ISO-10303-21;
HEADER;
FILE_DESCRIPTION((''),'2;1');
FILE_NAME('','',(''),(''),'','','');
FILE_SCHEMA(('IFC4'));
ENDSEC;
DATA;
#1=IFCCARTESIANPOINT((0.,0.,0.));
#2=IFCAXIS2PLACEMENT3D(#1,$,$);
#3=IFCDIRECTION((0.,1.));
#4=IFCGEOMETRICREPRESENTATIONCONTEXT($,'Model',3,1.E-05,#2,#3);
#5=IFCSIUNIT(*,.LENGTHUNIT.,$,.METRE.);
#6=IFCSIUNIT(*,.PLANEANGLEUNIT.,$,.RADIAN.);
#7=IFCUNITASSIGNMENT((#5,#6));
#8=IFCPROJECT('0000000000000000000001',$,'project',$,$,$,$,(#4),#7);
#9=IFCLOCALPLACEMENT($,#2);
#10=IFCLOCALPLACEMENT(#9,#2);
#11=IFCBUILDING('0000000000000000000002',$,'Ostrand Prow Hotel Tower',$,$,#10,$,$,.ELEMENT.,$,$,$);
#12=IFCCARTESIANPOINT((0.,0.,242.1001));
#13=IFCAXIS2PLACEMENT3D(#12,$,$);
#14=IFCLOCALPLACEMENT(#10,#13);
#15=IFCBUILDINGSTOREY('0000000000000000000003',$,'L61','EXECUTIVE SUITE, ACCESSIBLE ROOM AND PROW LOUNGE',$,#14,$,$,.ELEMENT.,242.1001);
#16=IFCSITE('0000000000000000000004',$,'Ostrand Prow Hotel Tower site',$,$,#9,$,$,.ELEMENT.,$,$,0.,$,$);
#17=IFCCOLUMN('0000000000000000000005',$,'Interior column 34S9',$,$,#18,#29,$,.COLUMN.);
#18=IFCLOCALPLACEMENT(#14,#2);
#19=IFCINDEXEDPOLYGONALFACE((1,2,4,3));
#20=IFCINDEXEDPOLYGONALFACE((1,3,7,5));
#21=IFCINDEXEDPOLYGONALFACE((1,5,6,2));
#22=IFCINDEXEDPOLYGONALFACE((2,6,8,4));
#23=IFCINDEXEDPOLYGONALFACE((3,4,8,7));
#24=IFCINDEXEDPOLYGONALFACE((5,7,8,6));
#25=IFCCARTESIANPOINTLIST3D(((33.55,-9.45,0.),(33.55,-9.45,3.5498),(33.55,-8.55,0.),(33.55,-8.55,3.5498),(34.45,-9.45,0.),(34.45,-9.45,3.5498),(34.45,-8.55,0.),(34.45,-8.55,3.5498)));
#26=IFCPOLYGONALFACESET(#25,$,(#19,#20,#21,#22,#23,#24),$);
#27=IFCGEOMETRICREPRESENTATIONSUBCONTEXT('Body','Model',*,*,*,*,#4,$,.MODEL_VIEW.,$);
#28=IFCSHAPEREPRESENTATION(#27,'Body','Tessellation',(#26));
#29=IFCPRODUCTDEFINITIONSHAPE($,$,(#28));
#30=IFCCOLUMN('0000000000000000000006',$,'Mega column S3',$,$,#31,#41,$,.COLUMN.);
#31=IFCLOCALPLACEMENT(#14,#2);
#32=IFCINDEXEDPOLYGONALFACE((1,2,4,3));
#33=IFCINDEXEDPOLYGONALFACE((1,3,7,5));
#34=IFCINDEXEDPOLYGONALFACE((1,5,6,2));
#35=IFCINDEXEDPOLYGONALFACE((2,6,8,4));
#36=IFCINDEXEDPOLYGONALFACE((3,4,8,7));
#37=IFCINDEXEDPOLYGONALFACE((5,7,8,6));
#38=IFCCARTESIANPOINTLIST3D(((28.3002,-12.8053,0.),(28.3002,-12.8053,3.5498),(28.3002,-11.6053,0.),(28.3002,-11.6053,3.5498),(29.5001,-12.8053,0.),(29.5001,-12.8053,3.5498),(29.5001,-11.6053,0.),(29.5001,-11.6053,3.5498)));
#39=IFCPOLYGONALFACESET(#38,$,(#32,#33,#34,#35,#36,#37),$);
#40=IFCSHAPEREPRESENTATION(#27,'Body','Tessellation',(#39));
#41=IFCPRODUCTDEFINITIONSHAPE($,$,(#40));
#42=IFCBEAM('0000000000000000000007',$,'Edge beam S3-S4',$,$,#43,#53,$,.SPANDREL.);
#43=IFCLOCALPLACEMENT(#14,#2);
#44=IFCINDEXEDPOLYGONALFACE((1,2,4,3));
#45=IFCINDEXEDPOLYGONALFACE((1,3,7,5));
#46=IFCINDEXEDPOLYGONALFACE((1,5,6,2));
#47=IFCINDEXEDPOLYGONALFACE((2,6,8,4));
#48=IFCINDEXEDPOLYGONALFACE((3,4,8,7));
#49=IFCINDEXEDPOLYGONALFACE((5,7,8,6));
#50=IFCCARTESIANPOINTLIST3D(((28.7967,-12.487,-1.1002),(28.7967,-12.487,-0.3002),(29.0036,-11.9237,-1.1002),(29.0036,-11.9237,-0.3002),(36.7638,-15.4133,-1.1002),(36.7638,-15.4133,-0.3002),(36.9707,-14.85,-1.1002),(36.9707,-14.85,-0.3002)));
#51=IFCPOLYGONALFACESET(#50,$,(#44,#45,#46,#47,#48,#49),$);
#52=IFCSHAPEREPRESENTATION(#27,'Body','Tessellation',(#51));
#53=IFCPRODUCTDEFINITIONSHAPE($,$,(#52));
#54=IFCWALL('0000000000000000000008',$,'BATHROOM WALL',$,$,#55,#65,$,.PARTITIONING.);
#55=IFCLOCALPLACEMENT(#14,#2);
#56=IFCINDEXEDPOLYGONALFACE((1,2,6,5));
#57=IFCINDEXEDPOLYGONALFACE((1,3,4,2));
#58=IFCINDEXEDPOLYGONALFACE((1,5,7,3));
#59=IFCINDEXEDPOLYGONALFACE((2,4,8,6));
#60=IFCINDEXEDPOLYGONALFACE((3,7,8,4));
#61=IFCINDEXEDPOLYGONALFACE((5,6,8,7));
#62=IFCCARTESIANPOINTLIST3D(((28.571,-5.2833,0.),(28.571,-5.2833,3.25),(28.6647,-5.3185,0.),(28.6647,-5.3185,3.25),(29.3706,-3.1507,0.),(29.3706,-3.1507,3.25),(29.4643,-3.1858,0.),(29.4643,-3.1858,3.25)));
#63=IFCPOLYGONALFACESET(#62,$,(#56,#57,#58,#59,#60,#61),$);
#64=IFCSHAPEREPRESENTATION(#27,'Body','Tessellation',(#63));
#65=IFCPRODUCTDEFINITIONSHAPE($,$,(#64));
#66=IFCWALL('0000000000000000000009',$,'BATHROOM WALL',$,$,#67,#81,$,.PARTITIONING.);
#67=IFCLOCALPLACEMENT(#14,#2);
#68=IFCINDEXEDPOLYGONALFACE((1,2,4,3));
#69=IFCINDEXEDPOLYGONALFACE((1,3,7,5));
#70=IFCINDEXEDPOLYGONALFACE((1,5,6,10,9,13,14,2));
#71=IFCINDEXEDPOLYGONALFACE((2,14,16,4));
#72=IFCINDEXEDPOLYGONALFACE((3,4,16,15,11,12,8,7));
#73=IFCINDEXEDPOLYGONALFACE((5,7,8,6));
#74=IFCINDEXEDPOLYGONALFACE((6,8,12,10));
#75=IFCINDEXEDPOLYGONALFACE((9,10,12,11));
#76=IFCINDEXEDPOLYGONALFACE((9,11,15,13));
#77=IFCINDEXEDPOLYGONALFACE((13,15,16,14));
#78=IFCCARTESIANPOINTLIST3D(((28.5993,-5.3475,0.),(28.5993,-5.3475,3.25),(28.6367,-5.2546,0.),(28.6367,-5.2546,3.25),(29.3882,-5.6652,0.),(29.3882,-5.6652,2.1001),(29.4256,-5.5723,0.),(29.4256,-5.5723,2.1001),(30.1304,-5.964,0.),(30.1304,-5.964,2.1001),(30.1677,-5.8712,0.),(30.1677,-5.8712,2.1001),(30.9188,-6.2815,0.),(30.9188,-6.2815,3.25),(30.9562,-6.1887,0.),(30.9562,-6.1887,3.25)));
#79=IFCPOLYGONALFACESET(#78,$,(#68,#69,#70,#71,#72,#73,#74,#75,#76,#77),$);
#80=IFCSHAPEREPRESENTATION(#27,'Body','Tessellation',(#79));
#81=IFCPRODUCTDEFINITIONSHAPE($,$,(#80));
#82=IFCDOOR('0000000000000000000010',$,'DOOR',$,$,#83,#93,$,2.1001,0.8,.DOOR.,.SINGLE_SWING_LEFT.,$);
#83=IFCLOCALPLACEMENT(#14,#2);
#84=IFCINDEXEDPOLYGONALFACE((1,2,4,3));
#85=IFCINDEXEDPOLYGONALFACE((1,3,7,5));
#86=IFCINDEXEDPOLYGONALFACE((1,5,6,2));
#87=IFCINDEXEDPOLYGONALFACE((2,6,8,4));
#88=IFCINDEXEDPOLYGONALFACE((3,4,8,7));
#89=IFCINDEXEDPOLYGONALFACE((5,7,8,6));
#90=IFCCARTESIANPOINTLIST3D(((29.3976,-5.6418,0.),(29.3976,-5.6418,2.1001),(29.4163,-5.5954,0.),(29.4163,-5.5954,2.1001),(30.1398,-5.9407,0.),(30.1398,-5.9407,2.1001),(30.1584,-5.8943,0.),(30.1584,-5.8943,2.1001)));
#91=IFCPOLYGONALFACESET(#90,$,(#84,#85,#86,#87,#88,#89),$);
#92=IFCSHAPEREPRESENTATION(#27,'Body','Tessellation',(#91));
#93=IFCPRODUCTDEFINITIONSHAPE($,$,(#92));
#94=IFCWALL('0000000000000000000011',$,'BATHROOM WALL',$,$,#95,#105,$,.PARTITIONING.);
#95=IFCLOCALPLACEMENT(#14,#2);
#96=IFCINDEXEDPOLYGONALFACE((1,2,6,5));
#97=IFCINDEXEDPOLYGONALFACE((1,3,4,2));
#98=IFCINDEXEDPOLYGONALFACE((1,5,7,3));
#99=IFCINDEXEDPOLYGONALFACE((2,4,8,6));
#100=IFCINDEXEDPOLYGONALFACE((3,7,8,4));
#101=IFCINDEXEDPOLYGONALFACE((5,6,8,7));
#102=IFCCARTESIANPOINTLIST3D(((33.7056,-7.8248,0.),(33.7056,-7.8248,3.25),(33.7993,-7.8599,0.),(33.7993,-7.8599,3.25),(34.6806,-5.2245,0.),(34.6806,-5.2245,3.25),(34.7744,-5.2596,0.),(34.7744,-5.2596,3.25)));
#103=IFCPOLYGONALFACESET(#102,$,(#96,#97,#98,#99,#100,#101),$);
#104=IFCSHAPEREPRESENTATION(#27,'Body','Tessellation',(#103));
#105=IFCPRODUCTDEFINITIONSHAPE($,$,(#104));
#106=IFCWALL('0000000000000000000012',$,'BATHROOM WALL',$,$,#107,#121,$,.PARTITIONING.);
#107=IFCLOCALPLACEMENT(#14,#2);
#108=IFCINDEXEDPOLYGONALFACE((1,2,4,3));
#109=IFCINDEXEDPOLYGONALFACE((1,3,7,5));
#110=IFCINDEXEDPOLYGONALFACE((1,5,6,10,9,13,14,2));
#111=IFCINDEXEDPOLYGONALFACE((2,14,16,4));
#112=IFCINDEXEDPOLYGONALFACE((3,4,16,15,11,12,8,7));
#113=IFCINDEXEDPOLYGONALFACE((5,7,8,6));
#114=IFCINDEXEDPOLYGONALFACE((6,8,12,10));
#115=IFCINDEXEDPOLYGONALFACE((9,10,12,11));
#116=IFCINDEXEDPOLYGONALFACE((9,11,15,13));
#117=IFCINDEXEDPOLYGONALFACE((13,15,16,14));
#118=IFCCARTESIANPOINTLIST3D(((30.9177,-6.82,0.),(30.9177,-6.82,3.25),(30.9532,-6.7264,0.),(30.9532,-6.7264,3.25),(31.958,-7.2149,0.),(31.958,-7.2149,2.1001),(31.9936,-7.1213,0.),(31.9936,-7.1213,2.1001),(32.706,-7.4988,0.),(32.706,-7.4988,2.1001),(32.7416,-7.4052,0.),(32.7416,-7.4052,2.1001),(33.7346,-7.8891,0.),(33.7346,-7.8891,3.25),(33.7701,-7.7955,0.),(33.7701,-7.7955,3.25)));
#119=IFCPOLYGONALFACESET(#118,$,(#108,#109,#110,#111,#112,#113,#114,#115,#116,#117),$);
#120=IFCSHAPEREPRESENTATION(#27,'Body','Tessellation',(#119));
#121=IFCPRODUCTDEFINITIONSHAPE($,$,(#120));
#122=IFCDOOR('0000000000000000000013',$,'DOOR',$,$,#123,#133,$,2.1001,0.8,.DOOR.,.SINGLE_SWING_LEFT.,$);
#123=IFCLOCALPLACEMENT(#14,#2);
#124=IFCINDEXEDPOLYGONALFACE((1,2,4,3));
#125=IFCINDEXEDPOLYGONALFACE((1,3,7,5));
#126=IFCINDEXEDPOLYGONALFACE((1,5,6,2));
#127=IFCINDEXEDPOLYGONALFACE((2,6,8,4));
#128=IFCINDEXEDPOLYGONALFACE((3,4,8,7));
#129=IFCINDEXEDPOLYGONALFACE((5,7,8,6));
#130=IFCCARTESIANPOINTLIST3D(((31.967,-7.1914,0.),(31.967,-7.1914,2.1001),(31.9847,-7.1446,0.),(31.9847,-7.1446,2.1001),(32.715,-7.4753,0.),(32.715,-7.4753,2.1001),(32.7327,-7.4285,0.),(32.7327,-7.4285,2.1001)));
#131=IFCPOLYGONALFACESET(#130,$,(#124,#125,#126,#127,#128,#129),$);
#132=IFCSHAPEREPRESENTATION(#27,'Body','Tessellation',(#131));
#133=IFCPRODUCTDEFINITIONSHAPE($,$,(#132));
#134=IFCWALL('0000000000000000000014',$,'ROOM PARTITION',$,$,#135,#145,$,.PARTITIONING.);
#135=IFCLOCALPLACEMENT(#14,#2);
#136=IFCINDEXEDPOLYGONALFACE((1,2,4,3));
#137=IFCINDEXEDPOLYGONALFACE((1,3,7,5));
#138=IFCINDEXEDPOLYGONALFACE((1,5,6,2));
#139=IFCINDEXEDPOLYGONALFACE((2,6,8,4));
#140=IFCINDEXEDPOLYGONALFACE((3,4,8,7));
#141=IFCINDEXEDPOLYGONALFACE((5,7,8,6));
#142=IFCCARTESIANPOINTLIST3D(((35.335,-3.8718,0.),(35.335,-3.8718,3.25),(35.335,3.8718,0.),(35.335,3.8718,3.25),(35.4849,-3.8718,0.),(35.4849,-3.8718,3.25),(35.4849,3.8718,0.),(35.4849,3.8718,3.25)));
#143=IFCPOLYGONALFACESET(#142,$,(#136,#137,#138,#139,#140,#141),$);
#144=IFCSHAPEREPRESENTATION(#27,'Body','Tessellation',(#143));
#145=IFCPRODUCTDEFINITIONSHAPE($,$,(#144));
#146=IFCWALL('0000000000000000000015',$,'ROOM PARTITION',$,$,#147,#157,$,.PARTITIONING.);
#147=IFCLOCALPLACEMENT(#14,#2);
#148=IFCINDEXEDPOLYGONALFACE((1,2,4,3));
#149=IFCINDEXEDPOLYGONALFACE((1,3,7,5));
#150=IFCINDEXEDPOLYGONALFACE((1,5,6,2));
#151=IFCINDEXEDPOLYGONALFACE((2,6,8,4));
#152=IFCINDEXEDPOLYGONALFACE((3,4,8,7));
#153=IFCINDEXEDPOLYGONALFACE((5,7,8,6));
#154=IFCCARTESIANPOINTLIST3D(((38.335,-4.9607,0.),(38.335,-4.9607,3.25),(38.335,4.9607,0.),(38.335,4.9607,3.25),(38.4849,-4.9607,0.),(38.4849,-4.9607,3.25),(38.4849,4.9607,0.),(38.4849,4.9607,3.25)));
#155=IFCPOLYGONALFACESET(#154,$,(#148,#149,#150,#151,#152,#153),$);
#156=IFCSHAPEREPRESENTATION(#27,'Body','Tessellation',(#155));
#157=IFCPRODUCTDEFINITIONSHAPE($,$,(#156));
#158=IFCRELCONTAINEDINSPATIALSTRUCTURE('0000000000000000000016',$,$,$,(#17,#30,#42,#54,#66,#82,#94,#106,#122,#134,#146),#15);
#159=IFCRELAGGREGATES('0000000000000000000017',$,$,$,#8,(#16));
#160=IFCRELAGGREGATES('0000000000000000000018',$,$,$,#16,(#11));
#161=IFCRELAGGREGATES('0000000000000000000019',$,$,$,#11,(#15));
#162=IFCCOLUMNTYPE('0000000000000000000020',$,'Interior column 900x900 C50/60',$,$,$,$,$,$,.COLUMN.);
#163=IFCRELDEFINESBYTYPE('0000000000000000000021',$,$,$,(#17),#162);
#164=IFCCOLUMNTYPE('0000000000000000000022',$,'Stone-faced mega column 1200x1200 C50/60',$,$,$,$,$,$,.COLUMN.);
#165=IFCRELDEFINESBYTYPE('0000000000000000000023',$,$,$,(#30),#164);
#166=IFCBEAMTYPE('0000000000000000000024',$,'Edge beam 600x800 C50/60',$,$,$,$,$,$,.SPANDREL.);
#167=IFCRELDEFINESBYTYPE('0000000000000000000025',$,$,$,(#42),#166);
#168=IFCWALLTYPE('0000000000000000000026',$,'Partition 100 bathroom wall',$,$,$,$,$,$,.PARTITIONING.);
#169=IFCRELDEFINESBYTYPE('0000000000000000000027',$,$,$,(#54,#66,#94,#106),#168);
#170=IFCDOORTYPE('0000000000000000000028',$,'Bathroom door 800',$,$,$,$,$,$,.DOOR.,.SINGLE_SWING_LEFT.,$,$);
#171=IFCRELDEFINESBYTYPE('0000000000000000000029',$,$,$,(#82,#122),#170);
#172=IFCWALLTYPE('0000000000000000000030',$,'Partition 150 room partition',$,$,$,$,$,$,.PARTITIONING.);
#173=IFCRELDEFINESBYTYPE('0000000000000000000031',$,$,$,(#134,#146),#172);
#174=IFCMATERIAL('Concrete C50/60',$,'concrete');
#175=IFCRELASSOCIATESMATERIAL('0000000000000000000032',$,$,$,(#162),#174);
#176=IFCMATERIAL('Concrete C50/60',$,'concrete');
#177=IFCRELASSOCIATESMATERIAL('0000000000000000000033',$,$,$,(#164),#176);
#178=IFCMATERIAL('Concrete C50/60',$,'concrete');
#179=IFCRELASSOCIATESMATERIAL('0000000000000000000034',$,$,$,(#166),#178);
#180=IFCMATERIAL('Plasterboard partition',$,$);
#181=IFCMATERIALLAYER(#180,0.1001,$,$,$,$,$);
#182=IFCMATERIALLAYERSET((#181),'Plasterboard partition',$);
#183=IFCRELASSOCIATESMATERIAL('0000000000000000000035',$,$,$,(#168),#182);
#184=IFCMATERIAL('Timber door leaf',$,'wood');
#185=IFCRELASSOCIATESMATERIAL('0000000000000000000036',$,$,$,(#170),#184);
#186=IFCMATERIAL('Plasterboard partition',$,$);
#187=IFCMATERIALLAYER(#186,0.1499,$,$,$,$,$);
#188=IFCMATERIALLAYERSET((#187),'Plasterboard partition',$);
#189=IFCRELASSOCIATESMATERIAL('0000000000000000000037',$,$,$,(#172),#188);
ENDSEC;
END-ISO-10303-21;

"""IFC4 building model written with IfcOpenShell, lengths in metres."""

from ifc_helpers import new_model, si_unit, direction, frame, frame_2d, origin, origin_2d, place, context, subcontext, project, spatial, rectangle, extrude, material, layer, layer_set, material_profile, profile_set, type_object, element, fill, save


model = new_model("IFC4")

# Units and contexts
model_context = context("Model", 3, precision=1e-05, world=origin(), true_north=direction((0.0, 1.0)))
body_context = subcontext(model_context, "Body", "Model", "MODEL_VIEW")
ifc_project = project(units=[si_unit("LENGTHUNIT", "METRE"), si_unit("PLANEANGLEUNIT", "RADIAN")], contexts=[model_context])

# Site, building, storey
site_placement = place(None, origin())
site = spatial("IfcSite", under=ifc_project, at=site_placement, Name="Ostrand Prow Hotel Tower site", CompositionType="ELEMENT", RefElevation=0.0)
building_placement = place(site_placement, origin())
building = spatial("IfcBuilding", under=site, at=building_placement, Name="Ostrand Prow Hotel Tower", CompositionType="ELEMENT")
storey_placement = place(building_placement, frame((0.0, 0.0, 242.1001)))
storey = spatial("IfcBuildingStorey", under=building, at=storey_placement, Name="L61", Description="EXECUTIVE SUITE, ACCESSIBLE ROOM AND PROW LOUNGE", CompositionType="ELEMENT", Elevation=242.1001)

# Columns
ifc_material_1 = material(Name="Concrete C50/60", Category="concrete")
ifc_material_profile_1 = material_profile(ifc_material_1, rectangle(XDim=0.8999, YDim=0.8999, at=origin_2d()), Name="RC 900x900")
ifc_profile_set_1 = profile_set([ifc_material_profile_1], Name="Concrete C50/60")
column_type_1 = type_object("IfcColumnType", Name="Interior column 900x900 C50/60", PredefinedType="COLUMN", material=ifc_profile_set_1)
column_1_placement = place(storey_placement, frame((34.0, -9.0, 0.0), z_axis=(0.0, 0.0, 1.0), x_axis=(1.0, 0.0, 0.0)))
element("IfcColumn", 1, at=column_1_placement, inside=storey, type_object=column_type_1, Name="Interior column 34S9", PredefinedType="COLUMN", context=body_context, shape_type="SweptSolid", body=[
    extrude(rectangle(XDim=0.8999, YDim=0.8999, at=origin_2d()), origin(), (0.0, 0.0, 1.0), 3.5498),
])
ifc_material_2 = material(Name="Concrete C50/60", Category="concrete")
ifc_material_profile_2 = material_profile(ifc_material_2, rectangle(XDim=1.2, YDim=1.2, at=origin_2d()), Name="RC 1200x1200")
ifc_profile_set_2 = profile_set([ifc_material_profile_2], Name="Concrete C50/60")
column_type_2 = type_object("IfcColumnType", Name="Stone-faced mega column 1200x1200 C50/60", PredefinedType="COLUMN", material=ifc_profile_set_2)
column_2_placement = place(storey_placement, frame((28.9001, -12.2053, 0.0), z_axis=(0.0, 0.0, 1.0), x_axis=(1.0, 0.0, 0.0)))
element("IfcColumn", 2, at=column_2_placement, inside=storey, type_object=column_type_2, Name="Mega column S3", PredefinedType="COLUMN", context=body_context, shape_type="SweptSolid", body=[
    extrude(rectangle(XDim=1.2, YDim=1.2, at=origin_2d()), origin(), (0.0, 0.0, 1.0), 3.5498),
])

# Beam
ifc_material_3 = material(Name="Concrete C50/60", Category="concrete")
ifc_material_profile_3 = material_profile(ifc_material_3, rectangle(XDim=0.6001, YDim=0.8, at=origin_2d()), Name="RC 600x800")
ifc_profile_set_3 = profile_set([ifc_material_profile_3], Name="Concrete C50/60")
beam_type = type_object("IfcBeamType", Name="Edge beam 600x800 C50/60", PredefinedType="SPANDREL", material=ifc_profile_set_3)
beam_placement = place(storey_placement, frame((28.9001, -12.2053, -0.7002), z_axis=(0.938685, -0.344776, 0.0), x_axis=(0.344776, 0.938685, 0.0)))
element("IfcBeam", 3, at=beam_placement, inside=storey, type_object=beam_type, Name="Edge beam S3-S4", PredefinedType="SPANDREL", context=body_context, shape_type="SweptSolid", body=[
    extrude(rectangle(XDim=0.6001, YDim=0.8, at=origin_2d()), origin(), (0.0, 0.0, 1.0), 8.4875),
])

# Wall
ifc_material_4 = material(Name="Plasterboard partition")
ifc_layer_1 = layer(ifc_material_4, 0.1001)
ifc_layer_set_1 = layer_set([ifc_layer_1], Name="Plasterboard partition")
wall_type_1 = type_object("IfcWallType", Name="Partition 100 bathroom wall", PredefinedType="PARTITIONING", material=ifc_layer_set_1)
wall_1_placement = place(storey_placement, frame((28.6179, -5.3008, 0.0), z_axis=(0.0, 0.0, 1.0), x_axis=(0.351065, 0.936351, 0.0)))
element("IfcWall", 4, at=wall_1_placement, inside=storey, type_object=wall_type_1, Name="BATHROOM WALL", PredefinedType="PARTITIONING", context=body_context, shape_type="SweptSolid", body=[
    extrude(rectangle(XDim=2.2776, YDim=0.1001, at=frame_2d((1.1387, 0.0))), origin(), (0.0, 0.0, 1.0), 3.25),
])

# Wall, opening, door
wall_2_placement = place(storey_placement, frame((30.9375, -6.2351, 0.0), z_axis=(0.0, 0.0, 1.0), x_axis=(-0.927612, 0.373544, 0.0)))
wall_2 = element("IfcWall", 5, at=wall_2_placement, inside=storey, type_object=wall_type_1, Name="BATHROOM WALL", PredefinedType="PARTITIONING", context=body_context, shape_type="SweptSolid", body=[
    extrude(rectangle(XDim=2.5005, YDim=0.1001, at=frame_2d((1.2502, 0.0))), origin(), (0.0, 0.0, 1.0), 3.25),
])
opening_1_placement = place(wall_2_placement, frame((0.8501, 0.0, 0.0)))
opening_1 = element("IfcOpeningElement", 6, at=opening_1_placement, cuts=wall_2, PredefinedType="OPENING", context=body_context, shape_type="SweptSolid", body=[
    extrude(rectangle(XDim=0.8, YDim=2.1001, at=frame_2d((0.3999, 1.05))), frame((0.0, 0.0601, 0.0), z_axis=(0.0, -1.0, 0.0), x_axis=(1.0, 0.0, 0.0)), (0.0, 0.0, 1.0), 0.1201),
])
ifc_material_5 = material(Name="Timber door leaf", Category="wood")
door_type_1 = type_object("IfcDoorType", Name="Bathroom door 800", OperationType="SINGLE_SWING_LEFT", PredefinedType="DOOR", material=ifc_material_5)
door_1_placement = place(opening_1_placement, origin())
door_1 = element("IfcDoor", 7, at=door_1_placement, inside=storey, type_object=door_type_1, Name="DOOR", OperationType="SINGLE_SWING_LEFT", OverallHeight=2.1001, OverallWidth=0.8, PredefinedType="DOOR", context=body_context, shape_type="SweptSolid", body=[
    extrude(rectangle(XDim=0.8, YDim=2.1001, at=frame_2d((0.3999, 1.05))), frame((0.0, 0.0249, 0.0), z_axis=(0.0, -1.0, 0.0), x_axis=(1.0, 0.0, 0.0)), (0.0, 0.0, 1.0), 0.05),
])
fill(opening_1, door_1)

# Wall
wall_3_placement = place(storey_placement, frame((34.7275, -5.2419, 0.0), z_axis=(0.0, 0.0, 1.0), x_axis=(-0.351114, -0.936333, 0.0)))
element("IfcWall", 8, at=wall_3_placement, inside=storey, type_object=wall_type_1, Name="BATHROOM WALL", PredefinedType="PARTITIONING", context=body_context, shape_type="SweptSolid", body=[
    extrude(rectangle(XDim=2.7771, YDim=0.1001, at=frame_2d((1.3887, 0.0))), origin(), (0.0, 0.0, 1.0), 3.25),
])

# Wall, opening, door
wall_4_placement = place(storey_placement, frame((33.7522, -7.8423, 0.0), z_axis=(0.0, 0.0, 1.0), x_axis=(-0.93493, 0.354833, 0.0)))
wall_4 = element("IfcWall", 9, at=wall_4_placement, inside=storey, type_object=wall_type_1, Name="BATHROOM WALL", PredefinedType="PARTITIONING", context=body_context, shape_type="SweptSolid", body=[
    extrude(rectangle(XDim=3.0129, YDim=0.1001, at=frame_2d((1.5063, 0.0))), origin(), (0.0, 0.0, 1.0), 3.25),
])
opening_2_placement = place(wall_4_placement, frame((1.1001, 0.0, 0.0)))
opening_2 = element("IfcOpeningElement", 10, at=opening_2_placement, cuts=wall_4, PredefinedType="OPENING", context=body_context, shape_type="SweptSolid", body=[
    extrude(rectangle(XDim=0.8, YDim=2.1001, at=frame_2d((0.3999, 1.05))), frame((0.0, 0.0601, 0.0), z_axis=(0.0, -1.0, 0.0), x_axis=(1.0, 0.0, 0.0)), (0.0, 0.0, 1.0), 0.1201),
])
door_2_placement = place(opening_2_placement, origin())
door_2 = element("IfcDoor", 11, at=door_2_placement, inside=storey, type_object=door_type_1, Name="DOOR", OperationType="SINGLE_SWING_LEFT", OverallHeight=2.1001, OverallWidth=0.8, PredefinedType="DOOR", context=body_context, shape_type="SweptSolid", body=[
    extrude(rectangle(XDim=0.8, YDim=2.1001, at=frame_2d((0.3999, 1.05))), frame((0.0, 0.0249, 0.0), z_axis=(0.0, -1.0, 0.0), x_axis=(1.0, 0.0, 0.0)), (0.0, 0.0, 1.0), 0.05),
])
fill(opening_2, door_2)

# Walls
ifc_material_6 = material(Name="Plasterboard partition")
ifc_layer_2 = layer(ifc_material_6, 0.1499)
ifc_layer_set_2 = layer_set([ifc_layer_2], Name="Plasterboard partition")
wall_type_2 = type_object("IfcWallType", Name="Partition 150 room partition", PredefinedType="PARTITIONING", material=ifc_layer_set_2)
wall_5_placement = place(storey_placement, frame((35.4099, -3.8718, 0.0), z_axis=(0.0, 0.0, 1.0), x_axis=(0.0, 1.0, 0.0)))
element("IfcWall", 12, at=wall_5_placement, inside=storey, type_object=wall_type_2, Name="ROOM PARTITION", PredefinedType="PARTITIONING", context=body_context, shape_type="SweptSolid", body=[
    extrude(rectangle(XDim=7.7437, YDim=0.1499, at=frame_2d((3.8718, 0.0))), origin(), (0.0, 0.0, 1.0), 3.25),
])
wall_6_placement = place(storey_placement, frame((38.4099, -4.9607, 0.0), z_axis=(0.0, 0.0, 1.0), x_axis=(0.0, 1.0, 0.0)))
element("IfcWall", 13, at=wall_6_placement, inside=storey, type_object=wall_type_2, Name="ROOM PARTITION", PredefinedType="PARTITIONING", context=body_context, shape_type="SweptSolid", body=[
    extrude(rectangle(XDim=9.9214, YDim=0.1499, at=frame_2d((4.9607, 0.0))), origin(), (0.0, 0.0, 1.0), 3.25),
])

save(model, "model.ifc")
